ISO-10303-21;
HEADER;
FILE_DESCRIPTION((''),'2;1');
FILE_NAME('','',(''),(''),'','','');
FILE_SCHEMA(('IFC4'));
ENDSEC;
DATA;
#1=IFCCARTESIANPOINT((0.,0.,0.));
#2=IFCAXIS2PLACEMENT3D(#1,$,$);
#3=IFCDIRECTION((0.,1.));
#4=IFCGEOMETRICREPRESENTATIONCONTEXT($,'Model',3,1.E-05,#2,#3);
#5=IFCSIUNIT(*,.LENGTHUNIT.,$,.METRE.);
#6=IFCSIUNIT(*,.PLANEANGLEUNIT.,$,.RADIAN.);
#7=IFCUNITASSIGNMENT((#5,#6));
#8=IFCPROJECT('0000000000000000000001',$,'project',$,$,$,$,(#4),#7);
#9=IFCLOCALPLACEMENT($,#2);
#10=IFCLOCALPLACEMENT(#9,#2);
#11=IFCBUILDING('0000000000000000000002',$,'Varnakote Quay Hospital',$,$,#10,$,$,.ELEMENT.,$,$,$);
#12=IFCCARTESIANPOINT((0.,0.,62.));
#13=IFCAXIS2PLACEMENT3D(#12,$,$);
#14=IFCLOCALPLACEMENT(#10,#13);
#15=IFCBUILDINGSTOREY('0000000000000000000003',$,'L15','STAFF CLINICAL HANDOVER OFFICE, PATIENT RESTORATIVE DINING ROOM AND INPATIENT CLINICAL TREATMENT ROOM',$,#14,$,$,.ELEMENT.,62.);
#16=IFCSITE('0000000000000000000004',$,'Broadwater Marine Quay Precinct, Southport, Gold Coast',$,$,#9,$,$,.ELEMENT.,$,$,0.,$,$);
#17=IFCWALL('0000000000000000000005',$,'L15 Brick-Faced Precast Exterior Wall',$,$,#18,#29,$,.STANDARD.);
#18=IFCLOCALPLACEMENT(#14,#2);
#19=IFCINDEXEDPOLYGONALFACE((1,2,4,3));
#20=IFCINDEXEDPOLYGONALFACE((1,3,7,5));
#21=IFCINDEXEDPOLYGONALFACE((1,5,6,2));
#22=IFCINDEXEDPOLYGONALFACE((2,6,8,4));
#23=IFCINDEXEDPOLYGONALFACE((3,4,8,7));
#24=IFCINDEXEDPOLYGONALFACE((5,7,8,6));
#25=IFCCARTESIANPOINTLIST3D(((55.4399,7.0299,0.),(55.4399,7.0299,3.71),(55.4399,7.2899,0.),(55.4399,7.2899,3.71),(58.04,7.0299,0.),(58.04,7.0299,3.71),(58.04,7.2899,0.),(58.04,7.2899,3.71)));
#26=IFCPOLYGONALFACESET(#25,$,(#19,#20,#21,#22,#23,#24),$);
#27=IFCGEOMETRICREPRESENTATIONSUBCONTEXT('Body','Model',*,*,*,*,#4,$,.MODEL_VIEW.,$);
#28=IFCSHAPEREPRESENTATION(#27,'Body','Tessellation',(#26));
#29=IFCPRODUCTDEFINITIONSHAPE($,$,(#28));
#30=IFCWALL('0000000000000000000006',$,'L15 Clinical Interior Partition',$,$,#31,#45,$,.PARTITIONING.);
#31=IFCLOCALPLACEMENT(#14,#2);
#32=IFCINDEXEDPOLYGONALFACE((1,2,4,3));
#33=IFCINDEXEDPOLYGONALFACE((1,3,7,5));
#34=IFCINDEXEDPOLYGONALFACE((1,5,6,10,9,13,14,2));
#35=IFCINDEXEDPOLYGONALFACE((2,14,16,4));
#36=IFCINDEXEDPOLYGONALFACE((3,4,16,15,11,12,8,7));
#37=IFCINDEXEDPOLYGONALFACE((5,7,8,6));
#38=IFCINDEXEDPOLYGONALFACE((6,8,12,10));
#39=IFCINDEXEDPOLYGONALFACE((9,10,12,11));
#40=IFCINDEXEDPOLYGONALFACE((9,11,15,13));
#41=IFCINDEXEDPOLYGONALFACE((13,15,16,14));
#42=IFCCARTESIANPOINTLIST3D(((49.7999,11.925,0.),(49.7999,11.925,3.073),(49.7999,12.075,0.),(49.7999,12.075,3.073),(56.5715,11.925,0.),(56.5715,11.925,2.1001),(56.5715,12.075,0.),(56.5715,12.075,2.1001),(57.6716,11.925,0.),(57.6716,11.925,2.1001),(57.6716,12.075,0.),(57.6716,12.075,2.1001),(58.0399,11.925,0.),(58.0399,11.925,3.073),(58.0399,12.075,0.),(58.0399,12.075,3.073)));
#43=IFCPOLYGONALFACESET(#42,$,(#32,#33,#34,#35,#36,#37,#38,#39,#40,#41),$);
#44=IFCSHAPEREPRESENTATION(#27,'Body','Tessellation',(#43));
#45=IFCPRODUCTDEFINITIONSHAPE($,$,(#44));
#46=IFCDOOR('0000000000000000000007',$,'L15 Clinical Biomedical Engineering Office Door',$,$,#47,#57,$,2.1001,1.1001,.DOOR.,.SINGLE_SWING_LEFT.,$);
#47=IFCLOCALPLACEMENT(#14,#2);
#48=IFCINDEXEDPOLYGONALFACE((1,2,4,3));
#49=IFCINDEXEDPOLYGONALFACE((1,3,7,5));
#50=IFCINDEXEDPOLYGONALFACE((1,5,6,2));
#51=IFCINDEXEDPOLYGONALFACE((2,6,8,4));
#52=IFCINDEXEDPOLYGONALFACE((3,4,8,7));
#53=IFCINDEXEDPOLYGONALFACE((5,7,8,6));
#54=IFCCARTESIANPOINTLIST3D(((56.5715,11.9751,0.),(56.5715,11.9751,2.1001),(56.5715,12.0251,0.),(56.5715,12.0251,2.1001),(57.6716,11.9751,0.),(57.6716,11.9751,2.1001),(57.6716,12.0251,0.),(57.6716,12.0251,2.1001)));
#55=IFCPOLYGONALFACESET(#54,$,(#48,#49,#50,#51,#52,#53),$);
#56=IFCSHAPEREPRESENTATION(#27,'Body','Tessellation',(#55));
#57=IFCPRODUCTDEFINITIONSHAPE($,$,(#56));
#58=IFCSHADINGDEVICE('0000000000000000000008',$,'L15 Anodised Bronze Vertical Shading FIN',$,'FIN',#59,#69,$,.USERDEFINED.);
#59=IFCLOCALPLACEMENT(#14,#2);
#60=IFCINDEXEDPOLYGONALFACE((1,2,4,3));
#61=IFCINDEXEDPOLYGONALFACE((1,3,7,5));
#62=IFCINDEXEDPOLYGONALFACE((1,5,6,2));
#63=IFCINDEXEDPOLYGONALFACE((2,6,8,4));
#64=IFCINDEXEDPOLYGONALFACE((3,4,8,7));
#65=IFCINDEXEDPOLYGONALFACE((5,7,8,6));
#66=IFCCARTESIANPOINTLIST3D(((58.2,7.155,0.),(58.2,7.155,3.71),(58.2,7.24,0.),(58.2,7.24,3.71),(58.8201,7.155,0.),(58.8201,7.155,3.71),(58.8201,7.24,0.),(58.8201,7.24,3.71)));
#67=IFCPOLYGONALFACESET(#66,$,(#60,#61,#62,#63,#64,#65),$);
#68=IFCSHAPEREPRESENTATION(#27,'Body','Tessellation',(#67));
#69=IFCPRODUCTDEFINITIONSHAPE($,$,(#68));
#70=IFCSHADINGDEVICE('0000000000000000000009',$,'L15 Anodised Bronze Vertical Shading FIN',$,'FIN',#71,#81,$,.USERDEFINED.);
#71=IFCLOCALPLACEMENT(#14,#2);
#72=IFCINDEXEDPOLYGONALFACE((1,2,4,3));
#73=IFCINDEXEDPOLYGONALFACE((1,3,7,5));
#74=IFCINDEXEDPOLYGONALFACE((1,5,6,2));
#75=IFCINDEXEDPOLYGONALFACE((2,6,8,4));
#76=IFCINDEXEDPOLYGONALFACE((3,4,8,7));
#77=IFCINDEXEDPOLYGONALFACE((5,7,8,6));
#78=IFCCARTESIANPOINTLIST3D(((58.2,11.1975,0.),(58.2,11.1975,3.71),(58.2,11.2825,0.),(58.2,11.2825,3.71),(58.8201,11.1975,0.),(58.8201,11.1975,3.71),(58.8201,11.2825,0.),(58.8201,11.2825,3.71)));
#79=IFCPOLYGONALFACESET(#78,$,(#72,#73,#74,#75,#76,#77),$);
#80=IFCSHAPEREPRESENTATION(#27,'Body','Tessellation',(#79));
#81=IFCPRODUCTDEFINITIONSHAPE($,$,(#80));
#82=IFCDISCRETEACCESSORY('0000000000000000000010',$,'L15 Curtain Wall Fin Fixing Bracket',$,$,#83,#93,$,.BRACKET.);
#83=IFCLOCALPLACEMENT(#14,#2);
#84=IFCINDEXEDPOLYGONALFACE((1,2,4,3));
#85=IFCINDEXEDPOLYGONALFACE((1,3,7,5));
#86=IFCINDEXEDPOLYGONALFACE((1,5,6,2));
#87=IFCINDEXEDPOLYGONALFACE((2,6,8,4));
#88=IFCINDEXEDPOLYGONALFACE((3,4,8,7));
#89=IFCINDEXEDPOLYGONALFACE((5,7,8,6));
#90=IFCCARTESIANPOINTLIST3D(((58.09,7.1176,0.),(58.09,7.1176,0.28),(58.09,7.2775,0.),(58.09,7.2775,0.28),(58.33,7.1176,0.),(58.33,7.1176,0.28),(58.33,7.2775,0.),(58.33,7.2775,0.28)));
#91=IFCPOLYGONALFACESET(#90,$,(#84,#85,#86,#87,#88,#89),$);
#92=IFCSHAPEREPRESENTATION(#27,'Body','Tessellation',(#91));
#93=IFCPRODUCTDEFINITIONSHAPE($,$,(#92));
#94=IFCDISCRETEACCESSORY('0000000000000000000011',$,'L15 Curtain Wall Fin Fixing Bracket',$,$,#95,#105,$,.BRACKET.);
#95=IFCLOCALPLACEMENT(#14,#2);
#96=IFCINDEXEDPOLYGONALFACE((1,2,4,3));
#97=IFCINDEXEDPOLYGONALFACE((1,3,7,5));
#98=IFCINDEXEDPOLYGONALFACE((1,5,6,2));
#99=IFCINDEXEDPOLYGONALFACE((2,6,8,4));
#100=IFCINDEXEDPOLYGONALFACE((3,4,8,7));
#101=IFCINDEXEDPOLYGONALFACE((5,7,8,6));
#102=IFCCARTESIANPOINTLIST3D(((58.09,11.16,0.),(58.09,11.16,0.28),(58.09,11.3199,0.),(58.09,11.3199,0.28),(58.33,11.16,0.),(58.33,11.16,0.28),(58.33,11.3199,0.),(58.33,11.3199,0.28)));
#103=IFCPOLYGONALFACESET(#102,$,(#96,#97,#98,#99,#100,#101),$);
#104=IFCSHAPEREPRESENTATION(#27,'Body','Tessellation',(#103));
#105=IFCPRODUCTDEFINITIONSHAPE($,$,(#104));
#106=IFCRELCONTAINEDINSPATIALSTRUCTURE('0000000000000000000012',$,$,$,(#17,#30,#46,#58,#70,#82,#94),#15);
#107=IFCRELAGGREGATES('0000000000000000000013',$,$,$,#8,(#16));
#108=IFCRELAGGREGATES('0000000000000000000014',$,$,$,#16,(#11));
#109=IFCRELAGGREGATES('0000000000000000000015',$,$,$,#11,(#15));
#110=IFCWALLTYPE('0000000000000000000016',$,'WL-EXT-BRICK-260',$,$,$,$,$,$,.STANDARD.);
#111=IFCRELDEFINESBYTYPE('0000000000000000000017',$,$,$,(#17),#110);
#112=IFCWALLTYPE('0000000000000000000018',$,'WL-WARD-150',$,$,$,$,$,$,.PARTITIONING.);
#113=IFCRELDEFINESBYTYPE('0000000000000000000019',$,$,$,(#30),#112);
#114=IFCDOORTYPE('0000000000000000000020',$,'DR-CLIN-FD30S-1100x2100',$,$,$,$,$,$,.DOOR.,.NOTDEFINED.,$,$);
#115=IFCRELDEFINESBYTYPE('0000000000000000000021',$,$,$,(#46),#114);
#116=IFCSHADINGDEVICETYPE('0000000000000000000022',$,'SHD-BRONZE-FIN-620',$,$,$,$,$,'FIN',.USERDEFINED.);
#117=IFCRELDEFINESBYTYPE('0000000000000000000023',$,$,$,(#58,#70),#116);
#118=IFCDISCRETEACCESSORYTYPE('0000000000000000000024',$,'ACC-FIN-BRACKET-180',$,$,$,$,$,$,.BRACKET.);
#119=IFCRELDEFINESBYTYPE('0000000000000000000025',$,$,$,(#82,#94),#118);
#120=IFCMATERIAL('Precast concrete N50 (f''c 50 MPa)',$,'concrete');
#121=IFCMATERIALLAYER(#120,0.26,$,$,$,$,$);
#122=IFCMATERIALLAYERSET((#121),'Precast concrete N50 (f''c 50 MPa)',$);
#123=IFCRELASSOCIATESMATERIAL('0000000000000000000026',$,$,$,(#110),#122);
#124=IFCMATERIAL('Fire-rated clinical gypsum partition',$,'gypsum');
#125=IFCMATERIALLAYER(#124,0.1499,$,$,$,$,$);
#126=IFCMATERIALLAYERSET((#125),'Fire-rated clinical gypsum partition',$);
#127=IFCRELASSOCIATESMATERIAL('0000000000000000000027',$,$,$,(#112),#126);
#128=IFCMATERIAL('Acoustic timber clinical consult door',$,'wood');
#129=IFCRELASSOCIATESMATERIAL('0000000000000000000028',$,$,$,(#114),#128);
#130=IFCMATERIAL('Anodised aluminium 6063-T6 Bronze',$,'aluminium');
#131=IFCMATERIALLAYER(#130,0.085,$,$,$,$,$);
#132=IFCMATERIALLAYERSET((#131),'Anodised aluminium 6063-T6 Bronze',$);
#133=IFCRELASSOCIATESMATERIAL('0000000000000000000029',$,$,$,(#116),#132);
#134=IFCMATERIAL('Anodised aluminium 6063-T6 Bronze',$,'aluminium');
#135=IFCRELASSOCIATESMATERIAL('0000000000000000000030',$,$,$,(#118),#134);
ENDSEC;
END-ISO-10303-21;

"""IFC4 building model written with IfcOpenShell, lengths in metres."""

from ifc_helpers import new_model, si_unit, direction, frame, frame_2d, origin, origin_2d, place, context, subcontext, project, spatial, rectangle, extrude, material, layer, layer_set, type_object, element, fill, save


model = new_model("IFC4")

# Units and contexts
model_context = context("Model", 3, precision=1e-05, world=origin(), true_north=direction((0.0, 1.0)))
body_context = subcontext(model_context, "Body", "Model", "MODEL_VIEW")
ifc_project = project(units=[si_unit("LENGTHUNIT", "METRE"), si_unit("PLANEANGLEUNIT", "RADIAN")], contexts=[model_context])

# Site, building, storey
site_placement = place(None, origin())
site = spatial("IfcSite", under=ifc_project, at=site_placement, Name="Broadwater Marine Quay Precinct, Southport, Gold Coast", CompositionType="ELEMENT", RefElevation=0.0)
building_placement = place(site_placement, origin())
building = spatial("IfcBuilding", under=site, at=building_placement, Name="Varnakote Quay Hospital", CompositionType="ELEMENT")
storey_placement = place(building_placement, frame((0.0, 0.0, 62.0)))
storey = spatial("IfcBuildingStorey", under=building, at=storey_placement, Name="L15", Description="STAFF CLINICAL HANDOVER OFFICE, PATIENT RESTORATIVE DINING ROOM AND INPATIENT CLINICAL TREATMENT ROOM", CompositionType="ELEMENT", Elevation=62.0)

# Wall
ifc_material_1 = material(Name="Precast concrete N50 (f'c 50 MPa)", Category="concrete")
ifc_layer_1 = layer(ifc_material_1, 0.26)
ifc_layer_set_1 = layer_set([ifc_layer_1], Name="Precast concrete N50 (f'c 50 MPa)")
wall_type_1 = type_object("IfcWallType", Name="WL-EXT-BRICK-260", PredefinedType="STANDARD", material=ifc_layer_set_1)
wall_1_placement = place(storey_placement, frame((55.4399, 7.1599, 0.0), z_axis=(0.0, 0.0, 1.0), x_axis=(1.0, 0.0, 0.0)))
element("IfcWall", 1, at=wall_1_placement, inside=storey, type_object=wall_type_1, Name="L15 Brick-Faced Precast Exterior Wall", PredefinedType="STANDARD", context=body_context, shape_type="SweptSolid", body=[
    extrude(rectangle(XDim=2.6001, YDim=0.26, at=frame_2d((1.3, 0.0))), origin(), (0.0, 0.0, 1.0), 3.71),
])

# Wall, opening, door
ifc_material_2 = material(Name="Fire-rated clinical gypsum partition", Category="gypsum")
ifc_layer_2 = layer(ifc_material_2, 0.1499)
ifc_layer_set_2 = layer_set([ifc_layer_2], Name="Fire-rated clinical gypsum partition")
wall_type_2 = type_object("IfcWallType", Name="WL-WARD-150", PredefinedType="PARTITIONING", material=ifc_layer_set_2)
wall_2_placement = place(storey_placement, frame((58.04, 12.0, 0.0), z_axis=(0.0, 0.0, 1.0), x_axis=(-1.0, 0.0, 0.0)))
wall_2 = element("IfcWall", 2, at=wall_2_placement, inside=storey, type_object=wall_type_2, Name="L15 Clinical Interior Partition", PredefinedType="PARTITIONING", context=body_context, shape_type="SweptSolid", body=[
    extrude(rectangle(XDim=8.24, YDim=0.1499, at=frame_2d((4.1201, 0.0))), origin(), (0.0, 0.0, 1.0), 3.073),
])
opening_placement = place(wall_2_placement, frame((0.3684, 0.0, 0.0)))
opening = element("IfcOpeningElement", 3, at=opening_placement, cuts=wall_2, PredefinedType="OPENING", context=body_context, shape_type="SweptSolid", body=[
    extrude(rectangle(XDim=1.1001, YDim=2.1001, at=frame_2d((0.55, 1.05))), frame((0.0, 0.085, 0.0), z_axis=(0.0, -1.0, 0.0), x_axis=(1.0, 0.0, 0.0)), (0.0, 0.0, 1.0), 0.1699),
])
ifc_material_3 = material(Name="Acoustic timber clinical consult door", Category="wood")
door_type = type_object("IfcDoorType", Name="DR-CLIN-FD30S-1100x2100", OperationType="NOTDEFINED", PredefinedType="DOOR", material=ifc_material_3)
door_placement = place(opening_placement, origin())
door = element("IfcDoor", 4, at=door_placement, inside=storey, type_object=door_type, Name="L15 Clinical Biomedical Engineering Office Door", OperationType="SINGLE_SWING_LEFT", OverallHeight=2.1001, OverallWidth=1.1001, PredefinedType="DOOR", context=body_context, shape_type="SweptSolid", body=[
    extrude(rectangle(XDim=1.1001, YDim=2.1001, at=frame_2d((0.55, 1.05))), frame((0.0, 0.0249, 0.0), z_axis=(0.0, -1.0, 0.0), x_axis=(1.0, 0.0, 0.0)), (0.0, 0.0, 1.0), 0.05),
])
fill(opening, door)

# Shading devices
ifc_material_4 = material(Name="Anodised aluminium 6063-T6 Bronze", Category="aluminium")
ifc_layer_3 = layer(ifc_material_4, 0.085)
ifc_layer_set_3 = layer_set([ifc_layer_3], Name="Anodised aluminium 6063-T6 Bronze")
shading_device_type = type_object("IfcShadingDeviceType", Name="SHD-BRONZE-FIN-620", ElementType="FIN", PredefinedType="USERDEFINED", material=ifc_layer_set_3)
for number, where, z_axis, x_axis, name in (
    (5, (58.51, 7.1975, 0.0), (0.0, 0.0, 1.0), (-1.0, 0.0, 0.0), "L15 Anodised Bronze Vertical Shading FIN"),
    (6, (58.51, 11.24, 0.0), (0.0, 0.0, 1.0), (-1.0, 0.0, 0.0), "L15 Anodised Bronze Vertical Shading FIN"),
):
    element("IfcShadingDevice", number, at=place(storey_placement, frame(where, z_axis=z_axis, x_axis=x_axis)), inside=storey, type_object=shading_device_type, Name=name, ObjectType="FIN", PredefinedType="USERDEFINED", context=body_context, shape_type="SweptSolid", body=[
        extrude(rectangle(XDim=0.6201, YDim=0.085, at=origin_2d()), origin(), (0.0, 0.0, 1.0), 3.71),
    ])

# Discrete accessories
ifc_material_5 = material(Name="Anodised aluminium 6063-T6 Bronze", Category="aluminium")
discrete_accessory_type = type_object("IfcDiscreteAccessoryType", Name="ACC-FIN-BRACKET-180", PredefinedType="BRACKET", material=ifc_material_5)
for number, where, z_axis, x_axis, name in (
    (7, (58.21, 7.1975, 0.0), (0.0, 0.0, 1.0), (0.0, 1.0, 0.0), "L15 Curtain Wall Fin Fixing Bracket"),
    (8, (58.21, 11.24, 0.0), (0.0, 0.0, 1.0), (0.0, 1.0, 0.0), "L15 Curtain Wall Fin Fixing Bracket"),
):
    element("IfcDiscreteAccessory", number, at=place(storey_placement, frame(where, z_axis=z_axis, x_axis=x_axis)), inside=storey, type_object=discrete_accessory_type, Name=name, PredefinedType="BRACKET", context=body_context, shape_type="SweptSolid", body=[
        extrude(rectangle(XDim=0.1599, YDim=0.24, at=origin_2d()), origin(), (0.0, 0.0, 1.0), 0.28),
    ])

save(model, "model.ifc")
